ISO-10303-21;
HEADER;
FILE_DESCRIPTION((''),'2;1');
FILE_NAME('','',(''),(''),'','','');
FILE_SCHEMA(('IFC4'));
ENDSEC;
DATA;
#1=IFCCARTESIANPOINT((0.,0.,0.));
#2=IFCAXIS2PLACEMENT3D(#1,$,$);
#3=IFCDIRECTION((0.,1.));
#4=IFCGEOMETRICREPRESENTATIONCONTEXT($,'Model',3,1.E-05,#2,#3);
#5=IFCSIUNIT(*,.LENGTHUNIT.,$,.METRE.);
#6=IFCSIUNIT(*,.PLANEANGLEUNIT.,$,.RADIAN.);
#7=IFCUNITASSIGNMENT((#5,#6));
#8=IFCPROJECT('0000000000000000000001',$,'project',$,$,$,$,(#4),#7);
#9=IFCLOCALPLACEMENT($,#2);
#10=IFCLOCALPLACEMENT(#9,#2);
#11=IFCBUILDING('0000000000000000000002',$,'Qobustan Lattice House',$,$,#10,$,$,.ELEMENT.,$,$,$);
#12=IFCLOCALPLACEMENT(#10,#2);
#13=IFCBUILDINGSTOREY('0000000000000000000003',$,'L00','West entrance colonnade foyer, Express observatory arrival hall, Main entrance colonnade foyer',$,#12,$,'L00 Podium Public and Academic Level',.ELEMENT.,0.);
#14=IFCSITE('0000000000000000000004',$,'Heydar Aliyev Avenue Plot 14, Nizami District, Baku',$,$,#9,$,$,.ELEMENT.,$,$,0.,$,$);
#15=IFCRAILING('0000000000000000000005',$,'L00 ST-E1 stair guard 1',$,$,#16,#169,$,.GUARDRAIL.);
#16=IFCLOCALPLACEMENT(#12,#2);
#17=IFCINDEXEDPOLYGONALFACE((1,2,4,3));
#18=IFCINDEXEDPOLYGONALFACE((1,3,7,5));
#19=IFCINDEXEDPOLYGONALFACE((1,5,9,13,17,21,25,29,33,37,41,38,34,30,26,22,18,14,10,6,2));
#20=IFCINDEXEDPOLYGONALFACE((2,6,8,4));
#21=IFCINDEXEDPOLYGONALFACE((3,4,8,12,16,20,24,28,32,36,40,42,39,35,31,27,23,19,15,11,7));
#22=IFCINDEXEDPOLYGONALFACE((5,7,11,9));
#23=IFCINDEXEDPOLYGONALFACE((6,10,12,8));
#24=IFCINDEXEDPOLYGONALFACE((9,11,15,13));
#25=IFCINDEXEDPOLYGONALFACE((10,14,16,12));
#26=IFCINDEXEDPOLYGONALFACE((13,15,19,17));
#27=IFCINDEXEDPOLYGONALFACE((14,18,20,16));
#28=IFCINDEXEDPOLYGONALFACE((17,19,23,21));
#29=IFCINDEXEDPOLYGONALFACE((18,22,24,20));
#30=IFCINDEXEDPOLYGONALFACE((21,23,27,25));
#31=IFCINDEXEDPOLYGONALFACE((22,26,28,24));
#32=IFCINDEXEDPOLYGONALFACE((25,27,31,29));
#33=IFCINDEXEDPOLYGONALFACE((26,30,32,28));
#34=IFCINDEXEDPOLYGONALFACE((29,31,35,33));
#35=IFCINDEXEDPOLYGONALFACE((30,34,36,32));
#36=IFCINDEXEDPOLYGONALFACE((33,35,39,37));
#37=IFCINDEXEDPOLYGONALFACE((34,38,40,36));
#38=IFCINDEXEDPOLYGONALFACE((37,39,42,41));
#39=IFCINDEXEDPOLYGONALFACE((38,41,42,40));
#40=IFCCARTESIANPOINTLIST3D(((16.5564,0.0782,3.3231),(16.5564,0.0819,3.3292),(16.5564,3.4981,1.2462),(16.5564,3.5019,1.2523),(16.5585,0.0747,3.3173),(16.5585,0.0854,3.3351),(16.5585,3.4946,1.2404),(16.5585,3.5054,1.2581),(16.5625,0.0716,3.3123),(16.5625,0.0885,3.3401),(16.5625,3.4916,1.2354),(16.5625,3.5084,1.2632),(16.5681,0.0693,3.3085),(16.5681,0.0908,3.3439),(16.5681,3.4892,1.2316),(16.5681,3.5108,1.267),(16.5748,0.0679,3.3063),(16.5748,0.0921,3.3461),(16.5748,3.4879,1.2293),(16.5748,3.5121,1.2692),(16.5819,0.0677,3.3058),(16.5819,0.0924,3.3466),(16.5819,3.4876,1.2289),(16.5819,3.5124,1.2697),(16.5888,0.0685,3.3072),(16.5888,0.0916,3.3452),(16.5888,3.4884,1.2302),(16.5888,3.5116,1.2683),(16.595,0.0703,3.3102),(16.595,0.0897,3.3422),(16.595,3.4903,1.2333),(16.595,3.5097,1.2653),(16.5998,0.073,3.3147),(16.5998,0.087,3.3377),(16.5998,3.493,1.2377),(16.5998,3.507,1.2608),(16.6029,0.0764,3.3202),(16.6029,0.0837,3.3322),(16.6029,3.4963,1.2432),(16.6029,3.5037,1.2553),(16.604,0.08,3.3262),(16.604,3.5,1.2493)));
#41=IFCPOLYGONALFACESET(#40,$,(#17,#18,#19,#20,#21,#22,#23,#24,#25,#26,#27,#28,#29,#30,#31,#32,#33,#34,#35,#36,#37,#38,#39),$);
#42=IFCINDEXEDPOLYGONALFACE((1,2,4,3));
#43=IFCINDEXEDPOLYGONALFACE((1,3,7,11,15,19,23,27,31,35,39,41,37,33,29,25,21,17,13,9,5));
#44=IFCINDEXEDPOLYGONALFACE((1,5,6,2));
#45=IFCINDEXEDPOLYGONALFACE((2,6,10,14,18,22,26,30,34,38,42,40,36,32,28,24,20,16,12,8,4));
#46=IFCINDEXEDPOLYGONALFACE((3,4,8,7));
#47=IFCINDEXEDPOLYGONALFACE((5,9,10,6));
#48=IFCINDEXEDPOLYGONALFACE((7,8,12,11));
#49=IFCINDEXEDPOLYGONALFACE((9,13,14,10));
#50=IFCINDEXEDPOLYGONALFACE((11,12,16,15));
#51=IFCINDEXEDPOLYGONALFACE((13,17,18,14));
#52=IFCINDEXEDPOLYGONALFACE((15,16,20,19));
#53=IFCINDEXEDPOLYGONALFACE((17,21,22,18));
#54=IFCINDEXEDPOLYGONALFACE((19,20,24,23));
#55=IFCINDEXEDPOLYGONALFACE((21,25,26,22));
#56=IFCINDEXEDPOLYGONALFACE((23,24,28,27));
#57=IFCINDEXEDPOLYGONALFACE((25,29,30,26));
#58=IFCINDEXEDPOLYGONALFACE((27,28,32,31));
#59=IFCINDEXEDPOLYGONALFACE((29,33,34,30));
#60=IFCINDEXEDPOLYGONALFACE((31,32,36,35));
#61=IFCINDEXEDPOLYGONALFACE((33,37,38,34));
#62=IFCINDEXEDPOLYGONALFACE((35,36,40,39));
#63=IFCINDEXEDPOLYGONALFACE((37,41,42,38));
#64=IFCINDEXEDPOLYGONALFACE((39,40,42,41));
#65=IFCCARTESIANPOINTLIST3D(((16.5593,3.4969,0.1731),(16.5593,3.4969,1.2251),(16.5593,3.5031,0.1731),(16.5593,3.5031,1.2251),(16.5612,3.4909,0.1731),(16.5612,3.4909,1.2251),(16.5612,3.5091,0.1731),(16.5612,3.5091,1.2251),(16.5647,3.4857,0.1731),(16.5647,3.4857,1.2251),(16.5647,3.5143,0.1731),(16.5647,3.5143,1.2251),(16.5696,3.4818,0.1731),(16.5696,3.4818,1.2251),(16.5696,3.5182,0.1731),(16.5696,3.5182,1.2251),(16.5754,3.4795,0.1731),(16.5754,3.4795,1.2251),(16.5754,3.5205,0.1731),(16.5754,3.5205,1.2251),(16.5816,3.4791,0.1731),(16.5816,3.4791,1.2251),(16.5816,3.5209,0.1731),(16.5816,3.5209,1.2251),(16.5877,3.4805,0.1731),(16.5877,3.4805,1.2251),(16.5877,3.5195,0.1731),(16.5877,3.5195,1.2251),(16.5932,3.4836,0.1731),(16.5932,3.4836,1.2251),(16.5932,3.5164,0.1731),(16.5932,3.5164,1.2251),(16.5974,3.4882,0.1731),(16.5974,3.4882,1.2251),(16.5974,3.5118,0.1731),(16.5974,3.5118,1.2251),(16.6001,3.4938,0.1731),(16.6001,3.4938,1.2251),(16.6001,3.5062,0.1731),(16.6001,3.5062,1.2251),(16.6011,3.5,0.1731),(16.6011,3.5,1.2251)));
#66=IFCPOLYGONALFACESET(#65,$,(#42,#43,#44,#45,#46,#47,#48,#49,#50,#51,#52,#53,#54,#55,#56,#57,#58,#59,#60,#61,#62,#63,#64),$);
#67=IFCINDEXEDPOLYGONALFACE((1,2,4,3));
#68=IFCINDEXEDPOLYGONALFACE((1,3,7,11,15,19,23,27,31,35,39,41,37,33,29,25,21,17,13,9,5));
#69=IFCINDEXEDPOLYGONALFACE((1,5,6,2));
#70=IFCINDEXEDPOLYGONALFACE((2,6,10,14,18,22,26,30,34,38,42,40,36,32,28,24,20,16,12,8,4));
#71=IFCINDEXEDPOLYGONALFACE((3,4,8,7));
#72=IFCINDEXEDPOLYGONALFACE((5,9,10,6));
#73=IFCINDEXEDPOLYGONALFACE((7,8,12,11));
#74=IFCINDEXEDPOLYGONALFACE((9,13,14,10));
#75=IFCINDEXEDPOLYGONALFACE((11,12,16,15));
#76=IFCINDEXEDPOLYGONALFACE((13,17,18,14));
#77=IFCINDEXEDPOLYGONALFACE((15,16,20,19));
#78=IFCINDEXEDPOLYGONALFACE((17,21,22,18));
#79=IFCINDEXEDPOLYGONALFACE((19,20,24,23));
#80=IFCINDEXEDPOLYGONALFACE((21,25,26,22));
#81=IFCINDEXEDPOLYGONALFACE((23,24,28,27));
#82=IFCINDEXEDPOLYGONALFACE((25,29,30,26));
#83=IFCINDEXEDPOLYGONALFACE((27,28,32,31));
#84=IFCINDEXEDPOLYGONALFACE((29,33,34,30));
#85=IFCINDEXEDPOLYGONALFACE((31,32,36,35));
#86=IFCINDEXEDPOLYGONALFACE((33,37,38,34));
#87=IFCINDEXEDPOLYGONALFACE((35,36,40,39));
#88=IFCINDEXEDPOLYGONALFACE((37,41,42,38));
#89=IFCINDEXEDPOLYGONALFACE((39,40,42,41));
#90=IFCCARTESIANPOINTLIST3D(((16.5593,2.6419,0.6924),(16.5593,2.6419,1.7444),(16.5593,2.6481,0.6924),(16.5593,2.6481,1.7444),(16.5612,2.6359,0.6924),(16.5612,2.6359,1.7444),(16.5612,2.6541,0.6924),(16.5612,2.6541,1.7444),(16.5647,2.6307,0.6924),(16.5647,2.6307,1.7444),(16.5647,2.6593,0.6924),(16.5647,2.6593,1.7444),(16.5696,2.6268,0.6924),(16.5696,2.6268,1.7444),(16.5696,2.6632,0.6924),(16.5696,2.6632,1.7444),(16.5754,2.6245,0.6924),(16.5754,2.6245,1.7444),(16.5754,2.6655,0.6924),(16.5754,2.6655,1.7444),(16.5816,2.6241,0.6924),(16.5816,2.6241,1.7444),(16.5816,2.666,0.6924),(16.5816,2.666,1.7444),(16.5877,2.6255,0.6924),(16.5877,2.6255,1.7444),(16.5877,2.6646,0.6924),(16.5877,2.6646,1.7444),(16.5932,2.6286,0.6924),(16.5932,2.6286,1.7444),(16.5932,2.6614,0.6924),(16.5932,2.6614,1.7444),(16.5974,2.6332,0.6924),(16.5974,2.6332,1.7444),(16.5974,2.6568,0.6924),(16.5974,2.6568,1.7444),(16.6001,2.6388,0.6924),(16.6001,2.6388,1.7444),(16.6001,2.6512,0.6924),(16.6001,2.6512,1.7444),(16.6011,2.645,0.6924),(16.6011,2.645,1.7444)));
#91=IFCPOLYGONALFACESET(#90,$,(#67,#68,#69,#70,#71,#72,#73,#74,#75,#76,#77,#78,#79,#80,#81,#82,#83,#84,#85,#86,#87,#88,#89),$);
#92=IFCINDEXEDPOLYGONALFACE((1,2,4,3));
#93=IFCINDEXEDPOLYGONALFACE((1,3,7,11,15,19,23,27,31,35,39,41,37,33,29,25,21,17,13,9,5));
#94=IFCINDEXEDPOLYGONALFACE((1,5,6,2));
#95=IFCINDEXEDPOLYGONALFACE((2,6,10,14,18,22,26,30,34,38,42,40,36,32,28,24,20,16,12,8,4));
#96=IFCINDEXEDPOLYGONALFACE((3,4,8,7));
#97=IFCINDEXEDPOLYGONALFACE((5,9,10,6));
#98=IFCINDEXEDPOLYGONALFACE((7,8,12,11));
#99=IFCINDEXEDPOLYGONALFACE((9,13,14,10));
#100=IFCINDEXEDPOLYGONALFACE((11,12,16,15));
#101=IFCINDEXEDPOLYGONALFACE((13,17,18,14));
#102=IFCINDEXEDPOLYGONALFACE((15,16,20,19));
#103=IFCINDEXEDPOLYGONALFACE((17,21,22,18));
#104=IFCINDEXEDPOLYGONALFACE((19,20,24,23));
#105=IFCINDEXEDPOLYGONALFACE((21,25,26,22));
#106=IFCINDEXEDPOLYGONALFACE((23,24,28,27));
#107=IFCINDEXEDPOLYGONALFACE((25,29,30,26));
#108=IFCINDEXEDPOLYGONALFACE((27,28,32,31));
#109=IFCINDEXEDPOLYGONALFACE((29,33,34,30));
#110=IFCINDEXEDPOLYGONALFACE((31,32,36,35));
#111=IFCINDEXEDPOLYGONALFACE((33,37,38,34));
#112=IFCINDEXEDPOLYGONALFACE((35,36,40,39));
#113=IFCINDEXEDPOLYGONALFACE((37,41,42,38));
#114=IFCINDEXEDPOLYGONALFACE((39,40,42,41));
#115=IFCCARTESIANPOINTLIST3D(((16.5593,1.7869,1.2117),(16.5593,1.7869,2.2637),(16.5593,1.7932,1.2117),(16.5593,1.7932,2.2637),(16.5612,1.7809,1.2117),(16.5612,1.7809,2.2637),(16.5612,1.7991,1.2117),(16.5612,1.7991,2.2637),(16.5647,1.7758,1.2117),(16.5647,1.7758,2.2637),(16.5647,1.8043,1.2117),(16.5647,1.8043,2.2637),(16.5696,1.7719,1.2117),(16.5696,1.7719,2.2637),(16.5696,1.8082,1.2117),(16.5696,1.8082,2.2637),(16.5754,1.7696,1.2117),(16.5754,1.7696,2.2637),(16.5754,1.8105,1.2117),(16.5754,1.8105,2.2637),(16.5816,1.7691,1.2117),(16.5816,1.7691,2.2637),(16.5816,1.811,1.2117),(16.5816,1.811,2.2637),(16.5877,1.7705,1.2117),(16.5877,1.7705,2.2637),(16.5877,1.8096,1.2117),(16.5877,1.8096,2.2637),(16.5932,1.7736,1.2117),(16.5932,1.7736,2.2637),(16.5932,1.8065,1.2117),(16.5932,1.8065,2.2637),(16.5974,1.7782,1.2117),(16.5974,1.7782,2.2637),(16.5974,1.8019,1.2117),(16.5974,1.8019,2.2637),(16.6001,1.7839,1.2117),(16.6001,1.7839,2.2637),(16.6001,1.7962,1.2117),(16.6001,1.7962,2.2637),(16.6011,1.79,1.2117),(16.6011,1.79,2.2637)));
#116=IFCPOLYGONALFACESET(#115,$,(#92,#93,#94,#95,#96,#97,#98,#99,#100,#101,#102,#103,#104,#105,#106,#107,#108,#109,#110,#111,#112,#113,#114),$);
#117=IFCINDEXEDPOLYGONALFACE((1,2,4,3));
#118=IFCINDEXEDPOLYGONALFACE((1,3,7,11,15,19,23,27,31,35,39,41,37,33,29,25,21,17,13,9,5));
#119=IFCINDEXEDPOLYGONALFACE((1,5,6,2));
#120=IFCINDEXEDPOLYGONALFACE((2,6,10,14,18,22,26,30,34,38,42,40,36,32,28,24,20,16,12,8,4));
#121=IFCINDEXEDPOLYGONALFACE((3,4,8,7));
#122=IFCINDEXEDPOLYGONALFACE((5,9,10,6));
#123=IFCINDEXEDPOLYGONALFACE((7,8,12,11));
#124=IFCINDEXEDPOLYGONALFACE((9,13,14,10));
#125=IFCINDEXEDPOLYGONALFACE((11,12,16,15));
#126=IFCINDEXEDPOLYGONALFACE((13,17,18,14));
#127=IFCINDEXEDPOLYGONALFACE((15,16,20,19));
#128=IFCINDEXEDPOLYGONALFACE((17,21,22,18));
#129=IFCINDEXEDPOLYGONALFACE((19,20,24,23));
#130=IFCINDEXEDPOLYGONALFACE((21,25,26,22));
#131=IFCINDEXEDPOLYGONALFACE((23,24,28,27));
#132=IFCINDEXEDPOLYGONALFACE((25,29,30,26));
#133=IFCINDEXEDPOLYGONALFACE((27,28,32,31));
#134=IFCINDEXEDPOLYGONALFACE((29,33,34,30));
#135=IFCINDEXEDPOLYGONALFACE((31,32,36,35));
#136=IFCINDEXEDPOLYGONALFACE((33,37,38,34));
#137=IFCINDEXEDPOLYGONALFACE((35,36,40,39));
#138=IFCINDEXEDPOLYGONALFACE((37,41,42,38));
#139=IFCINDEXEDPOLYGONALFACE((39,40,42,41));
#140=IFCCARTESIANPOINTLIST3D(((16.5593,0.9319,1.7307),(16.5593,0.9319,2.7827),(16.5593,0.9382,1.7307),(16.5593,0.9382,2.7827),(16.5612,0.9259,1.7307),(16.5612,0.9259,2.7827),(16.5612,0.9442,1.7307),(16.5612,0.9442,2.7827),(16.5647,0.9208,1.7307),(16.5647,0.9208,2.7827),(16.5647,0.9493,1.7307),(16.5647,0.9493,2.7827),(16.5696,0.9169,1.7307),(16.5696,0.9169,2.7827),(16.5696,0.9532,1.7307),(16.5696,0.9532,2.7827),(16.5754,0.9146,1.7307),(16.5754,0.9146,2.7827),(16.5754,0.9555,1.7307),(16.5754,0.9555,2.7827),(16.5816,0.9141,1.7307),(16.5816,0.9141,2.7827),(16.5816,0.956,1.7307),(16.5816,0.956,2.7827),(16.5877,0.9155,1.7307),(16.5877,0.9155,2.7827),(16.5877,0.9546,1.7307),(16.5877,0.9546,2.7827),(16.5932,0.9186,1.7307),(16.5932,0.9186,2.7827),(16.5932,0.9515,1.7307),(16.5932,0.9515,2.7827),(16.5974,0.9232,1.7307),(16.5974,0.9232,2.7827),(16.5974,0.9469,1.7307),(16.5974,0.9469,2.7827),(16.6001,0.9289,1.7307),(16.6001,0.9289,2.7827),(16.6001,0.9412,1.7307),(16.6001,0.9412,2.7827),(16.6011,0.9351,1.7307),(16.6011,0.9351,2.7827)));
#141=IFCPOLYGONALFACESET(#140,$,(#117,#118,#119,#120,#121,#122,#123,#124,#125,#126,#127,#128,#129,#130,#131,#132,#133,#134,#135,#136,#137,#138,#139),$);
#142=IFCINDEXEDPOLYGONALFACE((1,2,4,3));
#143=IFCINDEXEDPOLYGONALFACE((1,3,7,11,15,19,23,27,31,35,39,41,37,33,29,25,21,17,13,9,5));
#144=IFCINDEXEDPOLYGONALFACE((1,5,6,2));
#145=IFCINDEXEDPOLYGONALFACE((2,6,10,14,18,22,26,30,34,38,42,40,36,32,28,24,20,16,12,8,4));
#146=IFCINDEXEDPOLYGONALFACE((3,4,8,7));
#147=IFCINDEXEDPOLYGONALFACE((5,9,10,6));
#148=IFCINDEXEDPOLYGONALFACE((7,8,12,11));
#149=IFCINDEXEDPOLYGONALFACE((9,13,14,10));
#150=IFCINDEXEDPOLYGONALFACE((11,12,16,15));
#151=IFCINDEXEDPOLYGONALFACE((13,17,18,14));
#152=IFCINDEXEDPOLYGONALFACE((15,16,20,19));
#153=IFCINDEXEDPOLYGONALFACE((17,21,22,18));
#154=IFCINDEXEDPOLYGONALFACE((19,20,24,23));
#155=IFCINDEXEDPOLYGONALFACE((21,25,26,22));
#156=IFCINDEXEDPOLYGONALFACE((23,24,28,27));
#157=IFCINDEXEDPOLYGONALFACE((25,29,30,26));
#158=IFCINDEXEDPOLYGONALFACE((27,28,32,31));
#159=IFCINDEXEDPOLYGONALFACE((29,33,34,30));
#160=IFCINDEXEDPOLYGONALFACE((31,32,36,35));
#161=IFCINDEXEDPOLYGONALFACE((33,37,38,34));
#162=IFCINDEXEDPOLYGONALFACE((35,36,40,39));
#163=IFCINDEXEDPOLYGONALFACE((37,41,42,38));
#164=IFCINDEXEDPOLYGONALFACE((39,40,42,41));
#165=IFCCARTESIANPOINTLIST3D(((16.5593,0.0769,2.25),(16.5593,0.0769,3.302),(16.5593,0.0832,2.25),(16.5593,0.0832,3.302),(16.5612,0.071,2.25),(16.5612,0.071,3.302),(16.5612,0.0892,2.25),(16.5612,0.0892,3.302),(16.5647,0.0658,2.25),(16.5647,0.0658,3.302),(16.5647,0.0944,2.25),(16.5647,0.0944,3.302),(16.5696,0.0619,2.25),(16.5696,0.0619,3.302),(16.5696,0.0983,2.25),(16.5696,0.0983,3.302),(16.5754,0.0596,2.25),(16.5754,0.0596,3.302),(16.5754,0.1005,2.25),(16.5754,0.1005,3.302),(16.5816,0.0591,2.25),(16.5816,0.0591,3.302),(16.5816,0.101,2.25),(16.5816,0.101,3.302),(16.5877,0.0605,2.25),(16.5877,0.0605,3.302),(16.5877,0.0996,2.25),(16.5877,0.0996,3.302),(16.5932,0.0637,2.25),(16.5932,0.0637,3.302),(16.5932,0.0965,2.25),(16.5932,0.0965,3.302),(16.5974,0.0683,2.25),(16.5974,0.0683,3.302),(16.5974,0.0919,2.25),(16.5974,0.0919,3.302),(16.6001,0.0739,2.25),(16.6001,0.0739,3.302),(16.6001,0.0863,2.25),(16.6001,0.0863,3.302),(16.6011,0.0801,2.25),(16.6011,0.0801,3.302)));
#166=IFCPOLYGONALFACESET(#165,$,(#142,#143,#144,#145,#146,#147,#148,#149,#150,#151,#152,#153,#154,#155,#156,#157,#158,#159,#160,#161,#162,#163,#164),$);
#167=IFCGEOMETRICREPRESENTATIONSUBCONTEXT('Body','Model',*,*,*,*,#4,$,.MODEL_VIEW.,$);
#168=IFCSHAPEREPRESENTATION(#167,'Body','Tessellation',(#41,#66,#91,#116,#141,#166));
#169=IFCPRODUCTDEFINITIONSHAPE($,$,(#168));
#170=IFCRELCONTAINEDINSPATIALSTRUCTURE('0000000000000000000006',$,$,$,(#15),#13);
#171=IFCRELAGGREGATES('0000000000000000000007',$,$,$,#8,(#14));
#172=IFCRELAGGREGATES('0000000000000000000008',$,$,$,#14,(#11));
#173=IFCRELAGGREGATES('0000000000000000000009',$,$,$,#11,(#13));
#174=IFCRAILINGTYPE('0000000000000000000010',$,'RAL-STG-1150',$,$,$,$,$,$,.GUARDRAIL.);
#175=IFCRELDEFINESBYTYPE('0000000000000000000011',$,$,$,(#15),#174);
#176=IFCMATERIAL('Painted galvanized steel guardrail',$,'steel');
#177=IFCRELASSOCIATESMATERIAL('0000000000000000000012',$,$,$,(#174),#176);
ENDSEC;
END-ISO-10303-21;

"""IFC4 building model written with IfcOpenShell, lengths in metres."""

from ifc_helpers import new_model, si_unit, direction, frame, origin, origin_2d, place, context, subcontext, project, spatial, circle, extrude, material, type_object, element, save


model = new_model("IFC4")

# Units and contexts
model_context = context("Model", 3, precision=1e-05, world=origin(), true_north=direction((0.0, 1.0)))
body_context = subcontext(model_context, "Body", "Model", "MODEL_VIEW")
ifc_project = project(units=[si_unit("LENGTHUNIT", "METRE"), si_unit("PLANEANGLEUNIT", "RADIAN")], contexts=[model_context])

# Site, building, storey
site_placement = place(None, origin())
site = spatial("IfcSite", under=ifc_project, at=site_placement, Name="Heydar Aliyev Avenue Plot 14, Nizami District, Baku", CompositionType="ELEMENT", RefElevation=0.0)
building_placement = place(site_placement, origin())
building = spatial("IfcBuilding", under=site, at=building_placement, Name="Qobustan Lattice House", CompositionType="ELEMENT")
storey_placement = place(building_placement, origin())
storey = spatial("IfcBuildingStorey", under=building, at=storey_placement, Name="L00", Description="West entrance colonnade foyer, Express observatory arrival hall, Main entrance colonnade foyer", LongName="L00 Podium Public and Academic Level", CompositionType="ELEMENT", Elevation=0.0)

# Railing
ifc_material_1 = material(Name="Painted galvanized steel guardrail", Category="steel")
railing_type_1 = type_object("IfcRailingType", Name="RAL-STG-1150", PredefinedType="GUARDRAIL", material=ifc_material_1)
railing_1_placement = place(storey_placement, frame((16.5801, 3.5, 0.1731)))
element("IfcRailing", 1, at=railing_1_placement, inside=storey, type_object=railing_type_1, Name="L00 ST-E1 stair guard 1", PredefinedType="GUARDRAIL", context=body_context, shape_type="SweptSolid", body=[
    extrude(circle(Radius=0.0239, at=origin_2d()), frame((0.0, 0.0, 1.0762), z_axis=(0.0, -0.85473, 0.519074), x_axis=(1.0, 0.0, 0.0)), (0.0, 0.0, 1.0), 4.0012),
    extrude(circle(Radius=0.021, at=origin_2d()), origin(), (0.0, 0.0, 1.0), 1.052),
    extrude(circle(Radius=0.021, at=origin_2d()), frame((0.0, -0.855, 0.5193)), (0.0, 0.0, 1.0), 1.052),
    extrude(circle(Radius=0.021, at=origin_2d()), frame((0.0, -1.71, 1.0386)), (0.0, 0.0, 1.0), 1.052),
    extrude(circle(Radius=0.021, at=origin_2d()), frame((0.0, -2.5649, 1.5576)), (0.0, 0.0, 1.0), 1.052),
    extrude(circle(Radius=0.021, at=origin_2d()), frame((0.0, -3.4199, 2.0769)), (0.0, 0.0, 1.0), 1.052),
])

save(model, "model.ifc")
